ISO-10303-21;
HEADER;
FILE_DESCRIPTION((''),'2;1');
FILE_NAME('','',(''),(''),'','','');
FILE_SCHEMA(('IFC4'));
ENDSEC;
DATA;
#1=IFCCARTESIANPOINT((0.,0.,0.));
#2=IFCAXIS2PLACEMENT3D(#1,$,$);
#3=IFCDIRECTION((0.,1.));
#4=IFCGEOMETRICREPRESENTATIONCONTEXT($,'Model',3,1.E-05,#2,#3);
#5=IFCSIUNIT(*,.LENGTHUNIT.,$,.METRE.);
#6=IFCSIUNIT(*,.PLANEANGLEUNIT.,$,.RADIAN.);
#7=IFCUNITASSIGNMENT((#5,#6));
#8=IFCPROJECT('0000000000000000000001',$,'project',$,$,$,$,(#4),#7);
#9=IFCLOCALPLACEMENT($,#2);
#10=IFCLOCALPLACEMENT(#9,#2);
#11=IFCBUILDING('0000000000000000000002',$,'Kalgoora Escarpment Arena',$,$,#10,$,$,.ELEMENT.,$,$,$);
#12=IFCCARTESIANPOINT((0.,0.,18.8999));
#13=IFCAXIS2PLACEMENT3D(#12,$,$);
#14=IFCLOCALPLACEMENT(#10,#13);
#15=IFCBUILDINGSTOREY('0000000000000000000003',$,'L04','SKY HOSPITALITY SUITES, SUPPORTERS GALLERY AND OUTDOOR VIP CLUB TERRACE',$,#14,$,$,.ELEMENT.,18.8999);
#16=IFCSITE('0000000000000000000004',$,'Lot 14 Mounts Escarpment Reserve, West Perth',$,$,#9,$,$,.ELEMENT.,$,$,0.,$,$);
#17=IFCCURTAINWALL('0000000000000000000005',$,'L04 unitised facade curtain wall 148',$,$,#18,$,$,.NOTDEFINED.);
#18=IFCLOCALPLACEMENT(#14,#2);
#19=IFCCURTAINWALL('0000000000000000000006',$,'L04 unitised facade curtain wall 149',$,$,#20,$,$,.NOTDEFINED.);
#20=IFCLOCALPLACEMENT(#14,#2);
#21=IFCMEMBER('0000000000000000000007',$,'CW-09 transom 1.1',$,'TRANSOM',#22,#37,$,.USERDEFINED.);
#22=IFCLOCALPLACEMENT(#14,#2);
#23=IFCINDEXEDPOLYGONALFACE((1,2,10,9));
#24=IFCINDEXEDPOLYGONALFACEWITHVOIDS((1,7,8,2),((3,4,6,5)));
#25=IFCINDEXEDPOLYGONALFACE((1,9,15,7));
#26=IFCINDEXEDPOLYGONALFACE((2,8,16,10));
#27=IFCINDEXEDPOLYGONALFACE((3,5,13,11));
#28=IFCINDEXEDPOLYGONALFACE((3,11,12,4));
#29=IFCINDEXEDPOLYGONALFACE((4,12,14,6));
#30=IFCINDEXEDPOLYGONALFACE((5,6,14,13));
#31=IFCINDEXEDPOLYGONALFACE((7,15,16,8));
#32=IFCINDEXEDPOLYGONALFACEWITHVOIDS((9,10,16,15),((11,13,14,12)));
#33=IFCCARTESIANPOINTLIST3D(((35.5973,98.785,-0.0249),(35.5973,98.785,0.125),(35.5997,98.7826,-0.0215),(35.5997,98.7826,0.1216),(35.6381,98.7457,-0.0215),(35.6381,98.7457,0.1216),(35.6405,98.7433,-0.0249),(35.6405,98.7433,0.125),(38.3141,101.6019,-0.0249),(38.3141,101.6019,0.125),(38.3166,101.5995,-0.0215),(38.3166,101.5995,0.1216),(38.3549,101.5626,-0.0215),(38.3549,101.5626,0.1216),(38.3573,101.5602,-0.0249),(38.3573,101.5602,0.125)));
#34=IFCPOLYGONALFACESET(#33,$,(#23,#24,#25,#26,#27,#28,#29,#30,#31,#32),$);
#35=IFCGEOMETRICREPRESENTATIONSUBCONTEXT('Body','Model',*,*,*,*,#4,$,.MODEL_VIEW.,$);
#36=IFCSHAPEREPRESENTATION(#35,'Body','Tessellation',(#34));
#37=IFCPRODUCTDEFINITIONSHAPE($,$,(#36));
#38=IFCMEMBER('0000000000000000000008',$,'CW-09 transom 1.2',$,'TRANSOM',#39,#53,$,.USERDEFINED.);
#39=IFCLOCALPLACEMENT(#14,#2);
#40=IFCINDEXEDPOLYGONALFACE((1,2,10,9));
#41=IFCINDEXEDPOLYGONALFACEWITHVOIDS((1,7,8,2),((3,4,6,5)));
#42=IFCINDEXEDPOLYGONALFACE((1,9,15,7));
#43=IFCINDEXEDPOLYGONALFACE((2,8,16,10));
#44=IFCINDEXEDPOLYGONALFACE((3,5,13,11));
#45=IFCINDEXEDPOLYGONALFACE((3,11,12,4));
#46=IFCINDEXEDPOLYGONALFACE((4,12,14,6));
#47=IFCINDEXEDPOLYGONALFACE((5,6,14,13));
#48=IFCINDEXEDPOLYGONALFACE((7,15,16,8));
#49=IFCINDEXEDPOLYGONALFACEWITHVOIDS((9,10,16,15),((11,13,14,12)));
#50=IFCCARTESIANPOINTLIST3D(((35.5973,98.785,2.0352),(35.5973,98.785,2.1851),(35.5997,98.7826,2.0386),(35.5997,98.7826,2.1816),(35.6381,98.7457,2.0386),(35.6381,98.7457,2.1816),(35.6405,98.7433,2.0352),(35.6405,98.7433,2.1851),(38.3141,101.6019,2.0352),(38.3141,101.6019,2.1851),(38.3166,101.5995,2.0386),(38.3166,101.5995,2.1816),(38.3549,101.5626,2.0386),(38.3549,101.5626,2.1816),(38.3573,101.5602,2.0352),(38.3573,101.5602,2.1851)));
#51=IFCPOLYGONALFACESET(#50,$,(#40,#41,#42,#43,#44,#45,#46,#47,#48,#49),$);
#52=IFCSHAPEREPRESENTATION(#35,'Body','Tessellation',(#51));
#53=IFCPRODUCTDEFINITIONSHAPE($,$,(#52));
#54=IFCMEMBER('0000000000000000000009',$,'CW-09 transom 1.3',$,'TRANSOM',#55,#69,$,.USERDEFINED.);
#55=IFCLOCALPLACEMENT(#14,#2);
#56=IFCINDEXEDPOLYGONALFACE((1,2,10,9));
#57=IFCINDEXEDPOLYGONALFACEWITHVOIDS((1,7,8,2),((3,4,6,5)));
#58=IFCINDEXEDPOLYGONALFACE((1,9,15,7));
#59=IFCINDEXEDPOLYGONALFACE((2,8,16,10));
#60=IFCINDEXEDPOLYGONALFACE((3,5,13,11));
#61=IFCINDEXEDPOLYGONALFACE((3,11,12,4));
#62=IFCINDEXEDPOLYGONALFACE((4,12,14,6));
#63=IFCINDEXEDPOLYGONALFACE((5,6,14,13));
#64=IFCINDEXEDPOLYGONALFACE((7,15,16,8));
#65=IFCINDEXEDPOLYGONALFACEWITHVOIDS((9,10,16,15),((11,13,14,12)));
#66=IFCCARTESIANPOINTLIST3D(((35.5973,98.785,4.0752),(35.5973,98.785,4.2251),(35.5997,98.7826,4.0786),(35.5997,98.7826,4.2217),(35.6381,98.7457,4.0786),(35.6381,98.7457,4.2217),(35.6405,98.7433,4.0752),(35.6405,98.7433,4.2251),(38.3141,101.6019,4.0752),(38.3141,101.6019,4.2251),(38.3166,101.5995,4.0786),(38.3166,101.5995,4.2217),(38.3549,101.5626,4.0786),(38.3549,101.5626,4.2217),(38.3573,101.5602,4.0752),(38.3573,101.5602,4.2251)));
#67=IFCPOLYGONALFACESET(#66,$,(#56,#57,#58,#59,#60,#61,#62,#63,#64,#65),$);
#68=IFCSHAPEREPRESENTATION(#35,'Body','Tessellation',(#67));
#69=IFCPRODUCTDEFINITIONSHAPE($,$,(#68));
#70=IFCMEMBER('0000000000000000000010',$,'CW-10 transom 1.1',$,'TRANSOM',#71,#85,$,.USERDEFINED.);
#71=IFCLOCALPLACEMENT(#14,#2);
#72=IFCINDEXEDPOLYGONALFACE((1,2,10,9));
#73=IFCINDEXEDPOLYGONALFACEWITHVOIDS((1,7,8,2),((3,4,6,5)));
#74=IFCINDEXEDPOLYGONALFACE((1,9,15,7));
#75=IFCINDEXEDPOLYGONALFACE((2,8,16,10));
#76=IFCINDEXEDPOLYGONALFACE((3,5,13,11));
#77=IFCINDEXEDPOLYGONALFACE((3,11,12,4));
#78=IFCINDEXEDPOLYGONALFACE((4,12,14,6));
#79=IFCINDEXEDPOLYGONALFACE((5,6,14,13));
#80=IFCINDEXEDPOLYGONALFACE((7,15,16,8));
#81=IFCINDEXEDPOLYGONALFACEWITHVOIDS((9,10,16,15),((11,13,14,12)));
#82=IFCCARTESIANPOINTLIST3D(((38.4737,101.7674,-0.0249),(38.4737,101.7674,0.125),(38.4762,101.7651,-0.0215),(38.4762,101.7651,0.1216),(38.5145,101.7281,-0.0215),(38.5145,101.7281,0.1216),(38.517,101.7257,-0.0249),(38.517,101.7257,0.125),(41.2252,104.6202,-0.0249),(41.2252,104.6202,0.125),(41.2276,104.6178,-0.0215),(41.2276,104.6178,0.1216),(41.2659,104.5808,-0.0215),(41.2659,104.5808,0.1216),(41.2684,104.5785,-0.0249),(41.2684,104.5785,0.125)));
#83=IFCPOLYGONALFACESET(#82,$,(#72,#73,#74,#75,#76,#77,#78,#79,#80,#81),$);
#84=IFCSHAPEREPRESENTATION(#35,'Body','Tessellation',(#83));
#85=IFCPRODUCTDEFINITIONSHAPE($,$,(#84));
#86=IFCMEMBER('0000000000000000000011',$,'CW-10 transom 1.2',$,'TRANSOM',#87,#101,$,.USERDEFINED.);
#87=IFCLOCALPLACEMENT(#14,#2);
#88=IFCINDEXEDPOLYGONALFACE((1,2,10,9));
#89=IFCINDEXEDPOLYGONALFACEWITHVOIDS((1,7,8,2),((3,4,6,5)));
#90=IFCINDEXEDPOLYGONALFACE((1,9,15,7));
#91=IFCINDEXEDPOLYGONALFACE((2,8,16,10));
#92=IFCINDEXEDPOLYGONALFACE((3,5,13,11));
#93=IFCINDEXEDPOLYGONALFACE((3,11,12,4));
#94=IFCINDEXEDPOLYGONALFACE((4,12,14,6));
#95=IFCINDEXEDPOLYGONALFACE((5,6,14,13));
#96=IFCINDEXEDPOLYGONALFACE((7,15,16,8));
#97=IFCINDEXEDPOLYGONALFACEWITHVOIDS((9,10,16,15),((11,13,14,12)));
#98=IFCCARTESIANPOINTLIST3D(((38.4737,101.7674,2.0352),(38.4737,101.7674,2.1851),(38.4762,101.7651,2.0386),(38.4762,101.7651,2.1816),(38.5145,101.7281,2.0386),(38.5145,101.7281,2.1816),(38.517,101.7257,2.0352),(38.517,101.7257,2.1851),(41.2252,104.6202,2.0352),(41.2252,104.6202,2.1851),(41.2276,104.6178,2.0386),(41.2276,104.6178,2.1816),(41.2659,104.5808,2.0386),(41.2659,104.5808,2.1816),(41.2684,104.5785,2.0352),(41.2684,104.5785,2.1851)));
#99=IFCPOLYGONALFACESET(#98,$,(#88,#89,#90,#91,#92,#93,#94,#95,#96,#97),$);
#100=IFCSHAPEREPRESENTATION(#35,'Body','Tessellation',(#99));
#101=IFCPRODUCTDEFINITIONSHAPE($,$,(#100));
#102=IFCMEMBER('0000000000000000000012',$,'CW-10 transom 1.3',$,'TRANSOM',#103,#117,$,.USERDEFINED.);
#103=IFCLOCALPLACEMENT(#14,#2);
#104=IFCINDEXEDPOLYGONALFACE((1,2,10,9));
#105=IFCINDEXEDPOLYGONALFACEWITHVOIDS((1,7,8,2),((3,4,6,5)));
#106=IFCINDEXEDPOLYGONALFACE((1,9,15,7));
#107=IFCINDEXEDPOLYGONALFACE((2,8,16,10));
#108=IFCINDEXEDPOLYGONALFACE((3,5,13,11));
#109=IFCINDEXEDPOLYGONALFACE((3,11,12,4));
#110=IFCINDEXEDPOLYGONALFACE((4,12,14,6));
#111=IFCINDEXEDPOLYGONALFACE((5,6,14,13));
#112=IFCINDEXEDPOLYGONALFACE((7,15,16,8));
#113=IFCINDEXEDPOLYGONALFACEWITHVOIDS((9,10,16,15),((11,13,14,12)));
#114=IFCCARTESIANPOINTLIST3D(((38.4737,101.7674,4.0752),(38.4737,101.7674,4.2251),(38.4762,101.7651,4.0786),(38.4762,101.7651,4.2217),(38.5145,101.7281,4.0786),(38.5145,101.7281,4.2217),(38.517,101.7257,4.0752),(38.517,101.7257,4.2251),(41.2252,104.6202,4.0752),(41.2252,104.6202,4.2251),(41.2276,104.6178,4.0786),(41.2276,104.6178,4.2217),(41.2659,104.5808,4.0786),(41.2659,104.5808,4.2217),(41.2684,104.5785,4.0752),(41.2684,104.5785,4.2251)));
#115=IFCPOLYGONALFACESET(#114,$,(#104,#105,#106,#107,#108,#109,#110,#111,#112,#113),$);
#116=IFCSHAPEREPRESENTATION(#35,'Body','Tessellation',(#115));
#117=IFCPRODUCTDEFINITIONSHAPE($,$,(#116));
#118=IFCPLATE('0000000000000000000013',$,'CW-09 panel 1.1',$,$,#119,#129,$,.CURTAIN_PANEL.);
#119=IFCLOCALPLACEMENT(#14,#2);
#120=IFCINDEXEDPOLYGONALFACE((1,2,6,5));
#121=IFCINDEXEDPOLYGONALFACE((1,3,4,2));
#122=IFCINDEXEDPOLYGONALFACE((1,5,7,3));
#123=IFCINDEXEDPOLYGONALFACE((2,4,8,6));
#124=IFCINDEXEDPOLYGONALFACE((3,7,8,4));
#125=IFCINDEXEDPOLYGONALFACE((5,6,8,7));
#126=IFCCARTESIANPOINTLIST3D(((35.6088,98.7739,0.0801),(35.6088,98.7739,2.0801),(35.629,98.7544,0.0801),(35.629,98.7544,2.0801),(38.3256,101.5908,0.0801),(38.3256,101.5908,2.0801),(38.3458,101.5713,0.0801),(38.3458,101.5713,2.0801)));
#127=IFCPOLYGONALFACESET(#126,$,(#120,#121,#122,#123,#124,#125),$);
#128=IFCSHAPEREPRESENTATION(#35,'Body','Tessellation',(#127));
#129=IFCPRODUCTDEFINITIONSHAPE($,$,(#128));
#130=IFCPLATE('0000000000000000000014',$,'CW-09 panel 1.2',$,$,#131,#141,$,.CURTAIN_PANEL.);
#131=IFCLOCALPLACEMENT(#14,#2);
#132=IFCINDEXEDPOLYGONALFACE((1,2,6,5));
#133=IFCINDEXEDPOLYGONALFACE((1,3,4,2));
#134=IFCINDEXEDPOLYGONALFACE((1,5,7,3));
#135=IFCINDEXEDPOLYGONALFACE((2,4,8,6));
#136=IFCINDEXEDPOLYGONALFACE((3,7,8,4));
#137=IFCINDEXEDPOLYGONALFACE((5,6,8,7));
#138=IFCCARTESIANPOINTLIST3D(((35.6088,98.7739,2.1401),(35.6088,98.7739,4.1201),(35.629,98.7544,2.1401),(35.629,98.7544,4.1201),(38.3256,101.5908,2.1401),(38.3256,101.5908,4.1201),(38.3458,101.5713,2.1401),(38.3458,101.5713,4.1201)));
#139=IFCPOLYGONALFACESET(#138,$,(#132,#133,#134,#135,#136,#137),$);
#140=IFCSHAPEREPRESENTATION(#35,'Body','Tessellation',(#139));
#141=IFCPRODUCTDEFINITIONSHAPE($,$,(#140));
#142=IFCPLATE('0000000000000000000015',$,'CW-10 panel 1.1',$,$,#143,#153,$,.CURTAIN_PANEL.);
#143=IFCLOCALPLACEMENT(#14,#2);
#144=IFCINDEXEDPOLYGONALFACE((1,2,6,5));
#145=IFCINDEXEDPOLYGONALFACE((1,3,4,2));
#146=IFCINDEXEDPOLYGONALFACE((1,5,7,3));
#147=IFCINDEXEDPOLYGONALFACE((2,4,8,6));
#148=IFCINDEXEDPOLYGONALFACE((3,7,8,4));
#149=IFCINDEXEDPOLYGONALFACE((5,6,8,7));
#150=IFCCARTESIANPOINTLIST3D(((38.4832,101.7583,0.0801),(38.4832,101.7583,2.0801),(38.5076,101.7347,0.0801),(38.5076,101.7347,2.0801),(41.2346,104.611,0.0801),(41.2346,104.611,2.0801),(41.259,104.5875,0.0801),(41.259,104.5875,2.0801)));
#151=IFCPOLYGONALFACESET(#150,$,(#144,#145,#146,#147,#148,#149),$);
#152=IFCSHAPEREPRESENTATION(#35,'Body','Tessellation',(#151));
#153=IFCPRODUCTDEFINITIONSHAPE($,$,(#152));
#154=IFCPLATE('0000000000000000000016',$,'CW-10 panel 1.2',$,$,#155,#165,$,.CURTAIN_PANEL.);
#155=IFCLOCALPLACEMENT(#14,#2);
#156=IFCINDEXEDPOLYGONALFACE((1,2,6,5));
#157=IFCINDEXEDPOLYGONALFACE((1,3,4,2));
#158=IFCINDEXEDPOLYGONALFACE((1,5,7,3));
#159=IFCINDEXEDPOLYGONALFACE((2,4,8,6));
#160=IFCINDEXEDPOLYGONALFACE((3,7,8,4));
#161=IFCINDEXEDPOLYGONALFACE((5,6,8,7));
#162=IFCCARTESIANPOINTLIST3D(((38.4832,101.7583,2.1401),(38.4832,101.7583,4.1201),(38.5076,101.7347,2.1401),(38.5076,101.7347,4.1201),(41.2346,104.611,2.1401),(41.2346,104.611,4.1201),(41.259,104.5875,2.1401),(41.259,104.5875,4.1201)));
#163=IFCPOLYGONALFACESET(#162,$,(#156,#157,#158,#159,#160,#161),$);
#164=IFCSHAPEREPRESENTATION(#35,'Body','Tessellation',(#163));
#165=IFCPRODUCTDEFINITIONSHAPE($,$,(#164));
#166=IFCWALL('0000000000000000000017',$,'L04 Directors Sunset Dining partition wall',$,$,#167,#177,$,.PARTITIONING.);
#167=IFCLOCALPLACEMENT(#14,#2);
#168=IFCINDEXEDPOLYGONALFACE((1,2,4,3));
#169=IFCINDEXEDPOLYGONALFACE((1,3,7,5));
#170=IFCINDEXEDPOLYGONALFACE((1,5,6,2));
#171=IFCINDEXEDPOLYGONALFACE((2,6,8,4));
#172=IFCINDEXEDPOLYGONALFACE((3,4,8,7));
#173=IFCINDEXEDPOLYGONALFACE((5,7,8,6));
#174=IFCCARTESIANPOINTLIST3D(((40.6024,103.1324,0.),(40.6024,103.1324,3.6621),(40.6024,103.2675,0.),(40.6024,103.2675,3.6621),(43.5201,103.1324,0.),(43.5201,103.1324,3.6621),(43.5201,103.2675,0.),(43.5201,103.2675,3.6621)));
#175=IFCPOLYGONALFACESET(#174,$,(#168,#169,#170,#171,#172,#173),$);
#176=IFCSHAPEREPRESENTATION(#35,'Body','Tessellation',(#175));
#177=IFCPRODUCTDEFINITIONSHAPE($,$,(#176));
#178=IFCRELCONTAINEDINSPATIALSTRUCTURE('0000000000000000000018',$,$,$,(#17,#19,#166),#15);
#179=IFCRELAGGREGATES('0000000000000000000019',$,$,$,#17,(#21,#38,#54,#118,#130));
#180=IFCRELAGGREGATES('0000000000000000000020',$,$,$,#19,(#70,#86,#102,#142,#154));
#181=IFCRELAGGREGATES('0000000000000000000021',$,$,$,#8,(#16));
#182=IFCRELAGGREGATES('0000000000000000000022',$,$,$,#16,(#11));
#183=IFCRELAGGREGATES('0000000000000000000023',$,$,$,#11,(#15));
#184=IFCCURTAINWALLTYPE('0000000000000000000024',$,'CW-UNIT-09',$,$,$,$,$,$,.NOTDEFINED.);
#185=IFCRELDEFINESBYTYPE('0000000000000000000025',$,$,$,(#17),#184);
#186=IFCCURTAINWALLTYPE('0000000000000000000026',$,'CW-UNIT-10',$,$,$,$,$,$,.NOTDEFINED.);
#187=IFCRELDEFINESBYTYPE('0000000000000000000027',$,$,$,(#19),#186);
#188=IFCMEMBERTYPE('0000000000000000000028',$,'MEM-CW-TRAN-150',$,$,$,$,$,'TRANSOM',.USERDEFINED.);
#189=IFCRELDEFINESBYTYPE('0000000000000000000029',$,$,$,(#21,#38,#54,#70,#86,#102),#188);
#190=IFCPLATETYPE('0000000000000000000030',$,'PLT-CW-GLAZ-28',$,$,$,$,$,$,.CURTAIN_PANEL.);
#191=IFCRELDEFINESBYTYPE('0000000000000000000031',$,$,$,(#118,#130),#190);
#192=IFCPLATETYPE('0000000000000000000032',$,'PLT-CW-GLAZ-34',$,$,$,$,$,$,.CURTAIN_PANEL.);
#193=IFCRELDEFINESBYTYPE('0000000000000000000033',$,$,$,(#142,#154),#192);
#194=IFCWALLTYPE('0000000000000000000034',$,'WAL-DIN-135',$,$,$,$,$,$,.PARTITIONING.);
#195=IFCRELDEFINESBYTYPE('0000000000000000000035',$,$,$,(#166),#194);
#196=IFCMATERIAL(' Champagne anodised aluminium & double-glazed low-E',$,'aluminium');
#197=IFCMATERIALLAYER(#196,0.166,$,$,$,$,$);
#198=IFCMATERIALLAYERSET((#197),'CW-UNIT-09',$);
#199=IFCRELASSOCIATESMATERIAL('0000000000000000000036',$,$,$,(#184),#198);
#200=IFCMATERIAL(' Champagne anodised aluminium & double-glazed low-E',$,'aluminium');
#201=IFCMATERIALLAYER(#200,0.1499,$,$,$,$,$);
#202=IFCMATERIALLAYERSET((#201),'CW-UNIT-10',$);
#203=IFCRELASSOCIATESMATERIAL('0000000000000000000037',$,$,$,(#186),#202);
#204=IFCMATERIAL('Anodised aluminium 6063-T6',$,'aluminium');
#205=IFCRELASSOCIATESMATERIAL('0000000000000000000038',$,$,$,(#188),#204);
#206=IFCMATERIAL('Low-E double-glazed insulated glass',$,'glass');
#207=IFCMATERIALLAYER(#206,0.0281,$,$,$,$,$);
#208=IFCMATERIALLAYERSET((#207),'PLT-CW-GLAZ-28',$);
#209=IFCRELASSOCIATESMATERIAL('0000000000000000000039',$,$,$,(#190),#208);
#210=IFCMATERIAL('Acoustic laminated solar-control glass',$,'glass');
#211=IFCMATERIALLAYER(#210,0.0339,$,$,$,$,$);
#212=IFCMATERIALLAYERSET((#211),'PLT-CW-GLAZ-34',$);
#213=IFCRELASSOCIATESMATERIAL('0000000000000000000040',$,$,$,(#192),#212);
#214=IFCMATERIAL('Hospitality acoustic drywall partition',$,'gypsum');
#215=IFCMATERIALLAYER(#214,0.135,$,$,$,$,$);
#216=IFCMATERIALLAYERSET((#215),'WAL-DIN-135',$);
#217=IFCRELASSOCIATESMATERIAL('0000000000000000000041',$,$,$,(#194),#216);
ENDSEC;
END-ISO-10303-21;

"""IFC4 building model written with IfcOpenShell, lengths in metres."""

from ifc_helpers import new_model, si_unit, direction, frame, frame_2d, origin, origin_2d, place, context, subcontext, project, spatial, rectangle, hollow_rectangle, extrude, material, layer, layer_set, material_profile, profile_set, type_object, element, aggregate, save


model = new_model("IFC4")

# Units and contexts
model_context = context("Model", 3, precision=1e-05, world=origin(), true_north=direction((0.0, 1.0)))
body_context = subcontext(model_context, "Body", "Model", "MODEL_VIEW")
ifc_project = project(units=[si_unit("LENGTHUNIT", "METRE"), si_unit("PLANEANGLEUNIT", "RADIAN")], contexts=[model_context])

# Site, building, storey
site_placement = place(None, origin())
site = spatial("IfcSite", under=ifc_project, at=site_placement, Name="Lot 14 Mounts Escarpment Reserve, West Perth", CompositionType="ELEMENT", RefElevation=0.0)
building_placement = place(site_placement, origin())
building = spatial("IfcBuilding", under=site, at=building_placement, Name="Kalgoora Escarpment Arena", CompositionType="ELEMENT")
storey_placement = place(building_placement, frame((0.0, 0.0, 18.8999)))
storey = spatial("IfcBuildingStorey", under=building, at=storey_placement, Name="L04", Description="SKY HOSPITALITY SUITES, SUPPORTERS GALLERY AND OUTDOOR VIP CLUB TERRACE", CompositionType="ELEMENT", Elevation=18.8999)

# Curtain walls
ifc_material_1 = material(Name=" Champagne anodised aluminium & double-glazed low-E", Category="aluminium")
ifc_layer_1 = layer(ifc_material_1, 0.166)
ifc_layer_set_1 = layer_set([ifc_layer_1], Name="CW-UNIT-09")
curtain_wall_type_1 = type_object("IfcCurtainWallType", Name="CW-UNIT-09", PredefinedType="NOTDEFINED", material=ifc_layer_set_1)
curtain_wall_1_placement = place(storey_placement, origin())
curtain_wall_1 = element("IfcCurtainWall", 1, at=curtain_wall_1_placement, inside=storey, type_object=curtain_wall_type_1, Name="L04 unitised facade curtain wall 148", PredefinedType="NOTDEFINED")
ifc_material_2 = material(Name=" Champagne anodised aluminium & double-glazed low-E", Category="aluminium")
ifc_layer_2 = layer(ifc_material_2, 0.1499)
ifc_layer_set_2 = layer_set([ifc_layer_2], Name="CW-UNIT-10")
curtain_wall_type_2 = type_object("IfcCurtainWallType", Name="CW-UNIT-10", PredefinedType="NOTDEFINED", material=ifc_layer_set_2)
curtain_wall_2_placement = place(storey_placement, origin())
curtain_wall_2 = element("IfcCurtainWall", 2, at=curtain_wall_2_placement, inside=storey, type_object=curtain_wall_type_2, Name="L04 unitised facade curtain wall 149", PredefinedType="NOTDEFINED")

# Members
ifc_material_3 = material(Name="Anodised aluminium 6063-T6", Category="aluminium")
ifc_material_profile_1 = material_profile(ifc_material_3, hollow_rectangle(XDim=0.0601, YDim=0.1499, WallThickness=0.0034, at=origin_2d()))
ifc_profile_set_1 = profile_set([ifc_material_profile_1], Name="Anodised aluminium 6063-T6")
member_type_1 = type_object("IfcMemberType", Name="MEM-CW-TRAN-150", ElementType="TRANSOM", PredefinedType="USERDEFINED", material=ifc_profile_set_1)
member_1_placement = place(storey_placement, frame((35.6189, 98.7642, 0.05), z_axis=(0.694203, 0.71978, 0.0), x_axis=(-0.71978, 0.694203, 0.0)))
member_1 = element("IfcMember", 3, at=member_1_placement, type_object=member_type_1, Name="CW-09 transom 1.1", ObjectType="TRANSOM", PredefinedType="USERDEFINED", context=body_context, shape_type="SweptSolid", body=[
    extrude(hollow_rectangle(XDim=0.0601, YDim=0.1499, WallThickness=0.0034, at=origin_2d()), origin(), (0.0, 0.0, 1.0), 3.9136),
])
member_2_placement = place(storey_placement, frame((35.6189, 98.7642, 2.1101), z_axis=(0.694203, 0.71978, 0.0), x_axis=(-0.71978, 0.694203, 0.0)))
member_2 = element("IfcMember", 4, at=member_2_placement, type_object=member_type_1, Name="CW-09 transom 1.2", ObjectType="TRANSOM", PredefinedType="USERDEFINED", context=body_context, shape_type="SweptSolid", body=[
    extrude(hollow_rectangle(XDim=0.0601, YDim=0.1499, WallThickness=0.0034, at=origin_2d()), origin(), (0.0, 0.0, 1.0), 3.9136),
])
member_3_placement = place(storey_placement, frame((35.6189, 98.7642, 4.1501), z_axis=(0.694203, 0.71978, 0.0), x_axis=(-0.71978, 0.694203, 0.0)))
member_3 = element("IfcMember", 5, at=member_3_placement, type_object=member_type_1, Name="CW-09 transom 1.3", ObjectType="TRANSOM", PredefinedType="USERDEFINED", context=body_context, shape_type="SweptSolid", body=[
    extrude(hollow_rectangle(XDim=0.0601, YDim=0.1499, WallThickness=0.0034, at=origin_2d()), origin(), (0.0, 0.0, 1.0), 3.9136),
])
member_4_placement = place(storey_placement, frame((38.4954, 101.7466, 0.05), z_axis=(0.69421, 0.719773, 0.0), x_axis=(-0.719773, 0.69421, 0.0)))
member_4 = element("IfcMember", 6, at=member_4_placement, type_object=member_type_1, Name="CW-10 transom 1.1", ObjectType="TRANSOM", PredefinedType="USERDEFINED", context=body_context, shape_type="SweptSolid", body=[
    extrude(hollow_rectangle(XDim=0.0601, YDim=0.1499, WallThickness=0.0034, at=origin_2d()), origin(), (0.0, 0.0, 1.0), 3.9634),
])
member_5_placement = place(storey_placement, frame((38.4954, 101.7466, 2.1101), z_axis=(0.69421, 0.719773, 0.0), x_axis=(-0.719773, 0.69421, 0.0)))
member_5 = element("IfcMember", 7, at=member_5_placement, type_object=member_type_1, Name="CW-10 transom 1.2", ObjectType="TRANSOM", PredefinedType="USERDEFINED", context=body_context, shape_type="SweptSolid", body=[
    extrude(hollow_rectangle(XDim=0.0601, YDim=0.1499, WallThickness=0.0034, at=origin_2d()), origin(), (0.0, 0.0, 1.0), 3.9634),
])
member_6_placement = place(storey_placement, frame((38.4954, 101.7466, 4.1501), z_axis=(0.69421, 0.719773, 0.0), x_axis=(-0.719773, 0.69421, 0.0)))
member_6 = element("IfcMember", 8, at=member_6_placement, type_object=member_type_1, Name="CW-10 transom 1.3", ObjectType="TRANSOM", PredefinedType="USERDEFINED", context=body_context, shape_type="SweptSolid", body=[
    extrude(hollow_rectangle(XDim=0.0601, YDim=0.1499, WallThickness=0.0034, at=origin_2d()), origin(), (0.0, 0.0, 1.0), 3.9634),
])

# Plates
ifc_material_4 = material(Name="Low-E double-glazed insulated glass", Category="glass")
ifc_layer_3 = layer(ifc_material_4, 0.0281)
ifc_layer_set_3 = layer_set([ifc_layer_3], Name="PLT-CW-GLAZ-28")
plate_type_1 = type_object("IfcPlateType", Name="PLT-CW-GLAZ-28", PredefinedType="CURTAIN_PANEL", material=ifc_layer_set_3)
plate_1_placement = place(storey_placement, frame((36.9773, 100.1726, 0.0801), z_axis=(0.0, 0.0, 1.0), x_axis=(0.694205, 0.719777, 0.0)))
plate_1 = element("IfcPlate", 9, at=plate_1_placement, type_object=plate_type_1, Name="CW-09 panel 1.1", PredefinedType="CURTAIN_PANEL", context=body_context, shape_type="SweptSolid", body=[
    extrude(rectangle(XDim=3.9136, YDim=0.0281, at=origin_2d()), origin(), (0.0, 0.0, 1.0), 2.0),
])
plate_2_placement = place(storey_placement, frame((36.9773, 100.1726, 2.1401), z_axis=(0.0, 0.0, 1.0), x_axis=(0.694205, 0.719777, 0.0)))
plate_2 = element("IfcPlate", 10, at=plate_2_placement, type_object=plate_type_1, Name="CW-09 panel 1.2", PredefinedType="CURTAIN_PANEL", context=body_context, shape_type="SweptSolid", body=[
    extrude(rectangle(XDim=3.9136, YDim=0.0281, at=origin_2d()), origin(), (0.0, 0.0, 1.0), 1.98),
])
aggregate(curtain_wall_1, [member_1, member_2, member_3, plate_1, plate_2])
ifc_material_5 = material(Name="Acoustic laminated solar-control glass", Category="glass")
ifc_layer_4 = layer(ifc_material_5, 0.0339)
ifc_layer_set_4 = layer_set([ifc_layer_4], Name="PLT-CW-GLAZ-34")
plate_type_2 = type_object("IfcPlateType", Name="PLT-CW-GLAZ-34", PredefinedType="CURTAIN_PANEL", material=ifc_layer_set_4)
plate_3_placement = place(storey_placement, frame((39.8711, 103.1729, 0.0801), z_axis=(0.0, 0.0, 1.0), x_axis=(0.694202, 0.71978, 0.0)))
plate_3 = element("IfcPlate", 11, at=plate_3_placement, type_object=plate_type_2, Name="CW-10 panel 1.1", PredefinedType="CURTAIN_PANEL", context=body_context, shape_type="SweptSolid", body=[
    extrude(rectangle(XDim=3.9634, YDim=0.0339, at=origin_2d()), origin(), (0.0, 0.0, 1.0), 2.0),
])
plate_4_placement = place(storey_placement, frame((39.8711, 103.1729, 2.1401), z_axis=(0.0, 0.0, 1.0), x_axis=(0.694202, 0.71978, 0.0)))
plate_4 = element("IfcPlate", 12, at=plate_4_placement, type_object=plate_type_2, Name="CW-10 panel 1.2", PredefinedType="CURTAIN_PANEL", context=body_context, shape_type="SweptSolid", body=[
    extrude(rectangle(XDim=3.9634, YDim=0.0339, at=origin_2d()), origin(), (0.0, 0.0, 1.0), 1.98),
])
aggregate(curtain_wall_2, [member_4, member_5, member_6, plate_3, plate_4])

# Wall
ifc_material_6 = material(Name="Hospitality acoustic drywall partition", Category="gypsum")
ifc_layer_5 = layer(ifc_material_6, 0.135)
ifc_layer_set_5 = layer_set([ifc_layer_5], Name="WAL-DIN-135")
wall_type = type_object("IfcWallType", Name="WAL-DIN-135", PredefinedType="PARTITIONING", material=ifc_layer_set_5)
wall_placement = place(storey_placement, frame((40.6023, 103.2, 0.0), z_axis=(0.0, 0.0, 1.0), x_axis=(1.0, 0.0, 0.0)))
element("IfcWall", 13, at=wall_placement, inside=storey, type_object=wall_type, Name="L04 Directors Sunset Dining partition wall", PredefinedType="PARTITIONING", context=body_context, shape_type="SweptSolid", body=[
    extrude(rectangle(XDim=2.9177, YDim=0.135, at=frame_2d((1.459, 0.0))), origin(), (0.0, 0.0, 1.0), 3.6621),
])

save(model, "model.ifc")
